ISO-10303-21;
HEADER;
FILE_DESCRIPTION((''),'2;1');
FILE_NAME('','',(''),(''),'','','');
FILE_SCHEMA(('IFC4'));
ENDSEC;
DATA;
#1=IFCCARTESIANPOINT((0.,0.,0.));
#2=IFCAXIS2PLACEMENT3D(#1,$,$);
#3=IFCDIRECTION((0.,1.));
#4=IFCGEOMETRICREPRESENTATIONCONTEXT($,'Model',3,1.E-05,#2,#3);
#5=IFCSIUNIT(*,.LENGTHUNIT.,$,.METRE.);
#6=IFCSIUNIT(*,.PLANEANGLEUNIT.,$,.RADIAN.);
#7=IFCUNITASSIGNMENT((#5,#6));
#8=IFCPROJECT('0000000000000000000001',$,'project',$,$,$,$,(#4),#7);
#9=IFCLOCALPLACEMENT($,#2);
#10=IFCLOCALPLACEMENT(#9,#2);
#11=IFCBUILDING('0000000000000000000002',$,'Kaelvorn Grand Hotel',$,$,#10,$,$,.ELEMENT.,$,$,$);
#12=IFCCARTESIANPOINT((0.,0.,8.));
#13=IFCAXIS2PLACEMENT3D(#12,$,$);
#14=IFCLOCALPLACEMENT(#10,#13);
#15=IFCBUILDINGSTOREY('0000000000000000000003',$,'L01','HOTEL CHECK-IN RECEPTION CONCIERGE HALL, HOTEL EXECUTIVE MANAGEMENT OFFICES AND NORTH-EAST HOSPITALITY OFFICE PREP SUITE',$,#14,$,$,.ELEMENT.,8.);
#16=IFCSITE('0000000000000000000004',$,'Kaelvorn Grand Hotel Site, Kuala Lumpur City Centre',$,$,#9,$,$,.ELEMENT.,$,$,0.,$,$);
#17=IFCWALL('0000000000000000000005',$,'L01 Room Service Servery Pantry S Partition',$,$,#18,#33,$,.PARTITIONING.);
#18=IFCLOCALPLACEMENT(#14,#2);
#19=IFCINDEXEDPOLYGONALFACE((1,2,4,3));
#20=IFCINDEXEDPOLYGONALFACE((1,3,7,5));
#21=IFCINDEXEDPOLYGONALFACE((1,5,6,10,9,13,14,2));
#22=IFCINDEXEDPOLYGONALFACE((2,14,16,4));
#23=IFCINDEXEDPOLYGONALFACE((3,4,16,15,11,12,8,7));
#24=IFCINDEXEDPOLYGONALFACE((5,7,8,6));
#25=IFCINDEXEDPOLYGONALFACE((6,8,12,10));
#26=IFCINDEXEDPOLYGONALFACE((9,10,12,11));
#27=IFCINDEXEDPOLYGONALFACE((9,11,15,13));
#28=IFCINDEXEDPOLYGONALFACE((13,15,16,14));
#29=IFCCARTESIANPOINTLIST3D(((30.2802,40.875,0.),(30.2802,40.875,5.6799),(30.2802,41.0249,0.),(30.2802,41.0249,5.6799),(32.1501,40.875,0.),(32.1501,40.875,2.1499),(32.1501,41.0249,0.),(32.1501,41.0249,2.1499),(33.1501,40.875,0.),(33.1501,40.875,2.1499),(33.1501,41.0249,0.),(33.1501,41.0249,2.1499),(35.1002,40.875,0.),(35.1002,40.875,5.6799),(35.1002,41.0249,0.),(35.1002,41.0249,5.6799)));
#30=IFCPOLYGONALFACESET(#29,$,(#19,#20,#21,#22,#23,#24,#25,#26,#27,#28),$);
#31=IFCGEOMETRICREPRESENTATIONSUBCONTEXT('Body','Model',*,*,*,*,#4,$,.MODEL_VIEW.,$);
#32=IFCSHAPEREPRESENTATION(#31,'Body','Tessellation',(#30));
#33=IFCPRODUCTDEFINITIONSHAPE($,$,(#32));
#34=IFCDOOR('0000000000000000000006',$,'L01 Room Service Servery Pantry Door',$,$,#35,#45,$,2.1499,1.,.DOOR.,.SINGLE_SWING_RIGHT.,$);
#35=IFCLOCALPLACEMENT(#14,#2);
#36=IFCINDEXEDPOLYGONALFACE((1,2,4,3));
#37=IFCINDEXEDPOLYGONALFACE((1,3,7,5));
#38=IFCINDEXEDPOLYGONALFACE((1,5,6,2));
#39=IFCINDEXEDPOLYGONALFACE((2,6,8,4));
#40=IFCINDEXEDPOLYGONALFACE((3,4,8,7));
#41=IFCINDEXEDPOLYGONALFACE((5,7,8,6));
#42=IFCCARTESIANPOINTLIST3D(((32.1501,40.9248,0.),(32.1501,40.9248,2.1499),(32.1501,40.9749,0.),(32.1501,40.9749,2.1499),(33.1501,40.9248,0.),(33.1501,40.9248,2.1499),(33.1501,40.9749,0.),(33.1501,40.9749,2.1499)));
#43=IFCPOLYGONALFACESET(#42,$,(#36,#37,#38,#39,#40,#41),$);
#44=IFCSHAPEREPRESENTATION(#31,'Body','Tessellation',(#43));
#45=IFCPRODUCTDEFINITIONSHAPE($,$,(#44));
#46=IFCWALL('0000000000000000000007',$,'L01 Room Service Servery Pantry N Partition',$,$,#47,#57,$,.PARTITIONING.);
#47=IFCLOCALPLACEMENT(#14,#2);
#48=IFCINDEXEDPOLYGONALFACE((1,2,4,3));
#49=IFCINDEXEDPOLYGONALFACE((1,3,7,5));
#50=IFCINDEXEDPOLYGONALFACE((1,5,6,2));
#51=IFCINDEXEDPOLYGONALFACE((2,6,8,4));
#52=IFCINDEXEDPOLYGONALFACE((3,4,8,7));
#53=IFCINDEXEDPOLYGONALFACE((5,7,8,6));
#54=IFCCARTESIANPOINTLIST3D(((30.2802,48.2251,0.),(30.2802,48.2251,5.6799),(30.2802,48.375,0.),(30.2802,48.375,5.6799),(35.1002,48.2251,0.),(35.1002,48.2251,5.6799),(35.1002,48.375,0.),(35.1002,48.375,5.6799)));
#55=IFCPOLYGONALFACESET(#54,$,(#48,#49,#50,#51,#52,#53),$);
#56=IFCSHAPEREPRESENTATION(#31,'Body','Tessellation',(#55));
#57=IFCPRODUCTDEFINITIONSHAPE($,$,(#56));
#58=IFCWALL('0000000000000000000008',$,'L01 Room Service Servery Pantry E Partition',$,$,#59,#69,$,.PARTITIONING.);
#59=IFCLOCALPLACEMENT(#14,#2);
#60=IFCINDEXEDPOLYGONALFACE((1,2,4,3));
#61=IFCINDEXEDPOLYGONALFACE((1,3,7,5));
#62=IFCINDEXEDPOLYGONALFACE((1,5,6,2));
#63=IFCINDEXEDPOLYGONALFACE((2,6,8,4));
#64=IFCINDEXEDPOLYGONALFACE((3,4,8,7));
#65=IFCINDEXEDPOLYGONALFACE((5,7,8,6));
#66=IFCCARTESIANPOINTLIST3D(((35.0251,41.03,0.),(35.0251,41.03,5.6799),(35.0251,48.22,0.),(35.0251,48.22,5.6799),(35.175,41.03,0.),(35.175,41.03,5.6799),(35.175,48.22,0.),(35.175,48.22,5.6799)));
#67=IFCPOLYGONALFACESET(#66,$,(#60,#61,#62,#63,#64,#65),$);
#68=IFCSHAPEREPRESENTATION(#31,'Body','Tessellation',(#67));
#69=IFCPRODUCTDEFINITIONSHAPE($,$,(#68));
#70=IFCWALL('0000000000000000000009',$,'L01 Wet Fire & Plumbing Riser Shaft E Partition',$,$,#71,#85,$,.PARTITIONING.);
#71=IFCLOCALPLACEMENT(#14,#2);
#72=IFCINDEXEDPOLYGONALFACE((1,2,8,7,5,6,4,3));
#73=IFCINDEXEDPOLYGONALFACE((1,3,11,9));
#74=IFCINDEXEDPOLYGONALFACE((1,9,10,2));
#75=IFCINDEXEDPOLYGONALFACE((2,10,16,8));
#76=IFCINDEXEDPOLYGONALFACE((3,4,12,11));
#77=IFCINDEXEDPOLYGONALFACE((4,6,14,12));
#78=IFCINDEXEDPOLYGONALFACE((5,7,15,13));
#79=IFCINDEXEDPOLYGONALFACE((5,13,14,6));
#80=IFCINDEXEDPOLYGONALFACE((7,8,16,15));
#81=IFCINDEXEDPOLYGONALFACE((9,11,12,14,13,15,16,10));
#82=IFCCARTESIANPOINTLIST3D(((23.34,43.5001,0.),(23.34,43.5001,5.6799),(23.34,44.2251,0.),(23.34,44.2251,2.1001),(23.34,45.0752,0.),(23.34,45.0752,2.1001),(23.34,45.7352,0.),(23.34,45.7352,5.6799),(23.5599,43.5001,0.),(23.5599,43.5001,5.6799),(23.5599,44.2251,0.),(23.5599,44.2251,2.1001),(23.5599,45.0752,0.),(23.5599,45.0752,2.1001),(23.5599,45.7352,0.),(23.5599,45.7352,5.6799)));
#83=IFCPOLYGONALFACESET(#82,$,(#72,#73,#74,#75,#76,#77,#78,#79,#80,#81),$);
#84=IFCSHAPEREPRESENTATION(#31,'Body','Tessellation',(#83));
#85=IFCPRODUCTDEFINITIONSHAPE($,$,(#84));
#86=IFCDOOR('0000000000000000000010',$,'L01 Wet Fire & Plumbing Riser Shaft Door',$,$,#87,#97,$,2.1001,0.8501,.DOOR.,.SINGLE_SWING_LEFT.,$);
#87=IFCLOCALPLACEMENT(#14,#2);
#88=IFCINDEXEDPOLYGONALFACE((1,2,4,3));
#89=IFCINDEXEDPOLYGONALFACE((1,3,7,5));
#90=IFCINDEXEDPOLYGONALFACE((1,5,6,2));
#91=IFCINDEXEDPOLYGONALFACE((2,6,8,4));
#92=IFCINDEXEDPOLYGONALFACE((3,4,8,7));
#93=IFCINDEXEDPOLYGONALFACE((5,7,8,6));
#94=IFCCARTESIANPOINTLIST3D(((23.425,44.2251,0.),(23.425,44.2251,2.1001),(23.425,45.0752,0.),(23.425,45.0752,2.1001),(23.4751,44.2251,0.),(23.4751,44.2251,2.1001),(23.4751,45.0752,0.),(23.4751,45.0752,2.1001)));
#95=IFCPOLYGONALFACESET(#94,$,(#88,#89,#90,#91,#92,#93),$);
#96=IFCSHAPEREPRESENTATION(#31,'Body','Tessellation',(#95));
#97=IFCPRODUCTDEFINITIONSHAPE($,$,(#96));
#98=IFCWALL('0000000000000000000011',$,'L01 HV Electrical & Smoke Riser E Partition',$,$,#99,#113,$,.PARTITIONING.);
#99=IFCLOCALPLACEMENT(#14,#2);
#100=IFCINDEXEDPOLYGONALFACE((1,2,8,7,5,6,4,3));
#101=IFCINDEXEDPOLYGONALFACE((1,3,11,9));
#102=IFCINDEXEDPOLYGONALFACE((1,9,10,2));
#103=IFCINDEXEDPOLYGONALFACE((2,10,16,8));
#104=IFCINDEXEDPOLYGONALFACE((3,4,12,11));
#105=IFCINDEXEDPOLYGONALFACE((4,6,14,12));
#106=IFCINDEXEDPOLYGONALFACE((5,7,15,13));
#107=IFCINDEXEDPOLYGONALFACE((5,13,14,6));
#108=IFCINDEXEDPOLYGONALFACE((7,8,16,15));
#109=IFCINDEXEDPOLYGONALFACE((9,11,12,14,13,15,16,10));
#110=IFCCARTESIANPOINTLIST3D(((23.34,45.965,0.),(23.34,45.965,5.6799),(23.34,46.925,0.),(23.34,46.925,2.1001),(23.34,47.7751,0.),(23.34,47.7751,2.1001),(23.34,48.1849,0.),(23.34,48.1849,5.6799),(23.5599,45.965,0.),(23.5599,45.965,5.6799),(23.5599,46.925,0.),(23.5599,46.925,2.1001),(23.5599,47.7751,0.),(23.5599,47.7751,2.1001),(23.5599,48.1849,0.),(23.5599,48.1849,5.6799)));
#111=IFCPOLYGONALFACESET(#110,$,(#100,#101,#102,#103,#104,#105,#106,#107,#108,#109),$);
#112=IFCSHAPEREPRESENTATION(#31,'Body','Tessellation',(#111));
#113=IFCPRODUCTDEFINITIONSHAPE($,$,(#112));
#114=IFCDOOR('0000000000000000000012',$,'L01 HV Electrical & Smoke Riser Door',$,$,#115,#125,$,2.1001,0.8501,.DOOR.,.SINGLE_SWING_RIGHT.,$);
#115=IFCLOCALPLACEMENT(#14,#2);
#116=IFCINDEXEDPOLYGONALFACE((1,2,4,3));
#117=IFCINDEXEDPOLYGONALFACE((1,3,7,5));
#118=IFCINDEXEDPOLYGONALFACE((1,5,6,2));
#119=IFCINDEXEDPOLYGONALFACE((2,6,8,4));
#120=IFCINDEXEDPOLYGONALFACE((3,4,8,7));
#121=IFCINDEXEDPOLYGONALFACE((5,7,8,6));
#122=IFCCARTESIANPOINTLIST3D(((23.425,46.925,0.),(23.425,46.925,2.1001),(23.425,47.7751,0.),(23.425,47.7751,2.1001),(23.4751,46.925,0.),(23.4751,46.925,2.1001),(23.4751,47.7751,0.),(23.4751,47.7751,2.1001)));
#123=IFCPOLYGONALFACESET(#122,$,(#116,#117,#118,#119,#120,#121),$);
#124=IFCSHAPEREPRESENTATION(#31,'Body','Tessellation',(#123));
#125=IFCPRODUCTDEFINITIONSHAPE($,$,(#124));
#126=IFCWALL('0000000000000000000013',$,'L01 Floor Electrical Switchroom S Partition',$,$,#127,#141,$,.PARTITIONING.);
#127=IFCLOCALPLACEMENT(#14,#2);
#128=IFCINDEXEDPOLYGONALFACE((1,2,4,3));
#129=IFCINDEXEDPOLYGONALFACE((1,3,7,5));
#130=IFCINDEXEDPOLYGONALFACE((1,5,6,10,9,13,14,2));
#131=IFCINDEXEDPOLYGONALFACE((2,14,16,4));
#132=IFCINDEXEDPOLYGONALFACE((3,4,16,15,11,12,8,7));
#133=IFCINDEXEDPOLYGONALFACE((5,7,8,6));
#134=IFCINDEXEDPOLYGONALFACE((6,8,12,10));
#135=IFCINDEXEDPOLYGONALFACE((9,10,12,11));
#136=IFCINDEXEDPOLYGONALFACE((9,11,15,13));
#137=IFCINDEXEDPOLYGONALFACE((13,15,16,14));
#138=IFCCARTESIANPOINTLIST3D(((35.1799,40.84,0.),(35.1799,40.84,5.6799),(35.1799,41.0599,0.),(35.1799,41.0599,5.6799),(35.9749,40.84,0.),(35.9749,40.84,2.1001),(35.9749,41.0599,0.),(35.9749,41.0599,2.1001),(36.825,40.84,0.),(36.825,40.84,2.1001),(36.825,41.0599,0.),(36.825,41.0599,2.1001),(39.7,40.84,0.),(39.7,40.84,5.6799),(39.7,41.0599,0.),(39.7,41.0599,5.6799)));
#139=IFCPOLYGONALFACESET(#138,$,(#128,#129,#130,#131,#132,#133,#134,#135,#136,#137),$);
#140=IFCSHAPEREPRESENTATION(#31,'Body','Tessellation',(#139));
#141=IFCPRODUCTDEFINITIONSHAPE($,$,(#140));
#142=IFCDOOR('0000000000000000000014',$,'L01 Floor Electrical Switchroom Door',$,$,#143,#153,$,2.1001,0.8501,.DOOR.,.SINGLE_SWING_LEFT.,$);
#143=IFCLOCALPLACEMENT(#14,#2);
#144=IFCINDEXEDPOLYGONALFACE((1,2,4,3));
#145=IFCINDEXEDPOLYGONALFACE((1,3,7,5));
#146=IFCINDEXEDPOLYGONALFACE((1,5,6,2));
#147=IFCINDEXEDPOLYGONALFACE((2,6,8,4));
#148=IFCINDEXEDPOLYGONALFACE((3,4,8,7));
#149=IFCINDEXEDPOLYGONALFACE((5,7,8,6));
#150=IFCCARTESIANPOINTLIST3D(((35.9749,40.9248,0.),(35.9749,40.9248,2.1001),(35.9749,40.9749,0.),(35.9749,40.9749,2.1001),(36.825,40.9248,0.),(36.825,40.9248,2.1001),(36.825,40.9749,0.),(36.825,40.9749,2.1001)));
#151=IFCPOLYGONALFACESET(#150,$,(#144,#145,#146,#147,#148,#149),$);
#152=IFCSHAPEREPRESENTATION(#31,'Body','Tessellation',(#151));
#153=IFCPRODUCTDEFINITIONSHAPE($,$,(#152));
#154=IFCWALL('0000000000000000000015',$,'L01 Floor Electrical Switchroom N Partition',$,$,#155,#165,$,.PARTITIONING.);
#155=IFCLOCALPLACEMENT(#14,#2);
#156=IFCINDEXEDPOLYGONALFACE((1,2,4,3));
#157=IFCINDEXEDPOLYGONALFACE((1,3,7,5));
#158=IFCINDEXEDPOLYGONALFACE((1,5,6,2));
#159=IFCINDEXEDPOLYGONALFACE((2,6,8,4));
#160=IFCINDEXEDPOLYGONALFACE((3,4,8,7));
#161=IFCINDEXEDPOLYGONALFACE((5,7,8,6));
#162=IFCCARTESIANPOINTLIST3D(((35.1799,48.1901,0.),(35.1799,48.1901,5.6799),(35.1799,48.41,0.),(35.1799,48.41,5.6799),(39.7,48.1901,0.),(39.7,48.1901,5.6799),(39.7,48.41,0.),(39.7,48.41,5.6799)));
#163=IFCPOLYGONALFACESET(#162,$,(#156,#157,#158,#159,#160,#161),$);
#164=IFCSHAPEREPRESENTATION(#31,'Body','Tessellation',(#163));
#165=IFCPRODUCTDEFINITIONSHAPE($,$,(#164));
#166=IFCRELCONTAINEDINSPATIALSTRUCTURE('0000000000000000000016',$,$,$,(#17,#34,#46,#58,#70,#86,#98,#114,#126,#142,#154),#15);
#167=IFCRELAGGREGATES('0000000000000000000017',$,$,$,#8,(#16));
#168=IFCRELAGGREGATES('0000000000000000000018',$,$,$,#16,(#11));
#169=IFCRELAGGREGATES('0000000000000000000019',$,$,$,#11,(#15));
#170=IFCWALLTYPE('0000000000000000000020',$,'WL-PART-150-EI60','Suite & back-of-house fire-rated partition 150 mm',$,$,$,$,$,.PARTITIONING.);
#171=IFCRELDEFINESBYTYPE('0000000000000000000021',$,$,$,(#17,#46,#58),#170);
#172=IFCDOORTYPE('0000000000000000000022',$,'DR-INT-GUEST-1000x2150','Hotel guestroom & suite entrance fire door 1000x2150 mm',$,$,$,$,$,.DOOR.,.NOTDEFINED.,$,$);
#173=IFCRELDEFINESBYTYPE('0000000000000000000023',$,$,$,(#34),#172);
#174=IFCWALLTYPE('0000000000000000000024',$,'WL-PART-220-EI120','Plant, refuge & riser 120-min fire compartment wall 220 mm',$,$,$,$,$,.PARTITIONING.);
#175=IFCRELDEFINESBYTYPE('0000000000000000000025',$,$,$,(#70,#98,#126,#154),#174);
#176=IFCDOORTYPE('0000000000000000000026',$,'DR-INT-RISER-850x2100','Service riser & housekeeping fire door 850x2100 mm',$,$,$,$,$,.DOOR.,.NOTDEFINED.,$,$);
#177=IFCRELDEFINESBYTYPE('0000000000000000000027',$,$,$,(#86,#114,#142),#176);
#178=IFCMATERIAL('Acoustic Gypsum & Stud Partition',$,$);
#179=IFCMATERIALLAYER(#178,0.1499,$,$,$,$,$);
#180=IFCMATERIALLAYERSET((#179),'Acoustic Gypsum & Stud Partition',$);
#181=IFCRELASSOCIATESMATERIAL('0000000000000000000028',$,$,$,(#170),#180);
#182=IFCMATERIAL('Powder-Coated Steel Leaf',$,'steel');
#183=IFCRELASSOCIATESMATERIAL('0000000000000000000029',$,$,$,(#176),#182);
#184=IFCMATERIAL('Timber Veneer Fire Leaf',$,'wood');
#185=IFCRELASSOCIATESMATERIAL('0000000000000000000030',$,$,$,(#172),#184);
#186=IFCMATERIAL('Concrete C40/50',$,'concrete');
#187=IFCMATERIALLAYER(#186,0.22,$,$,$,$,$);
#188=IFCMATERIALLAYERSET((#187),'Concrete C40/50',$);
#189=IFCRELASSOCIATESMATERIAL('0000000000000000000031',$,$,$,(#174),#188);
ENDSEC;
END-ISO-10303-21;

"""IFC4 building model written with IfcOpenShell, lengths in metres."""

from ifc_helpers import new_model, si_unit, direction, frame, frame_2d, origin, place, context, subcontext, project, spatial, rectangle, extrude, material, layer, layer_set, type_object, element, fill, save


model = new_model("IFC4")

# Units and contexts
model_context = context("Model", 3, precision=1e-05, world=origin(), true_north=direction((0.0, 1.0)))
body_context = subcontext(model_context, "Body", "Model", "MODEL_VIEW")
ifc_project = project(units=[si_unit("LENGTHUNIT", "METRE"), si_unit("PLANEANGLEUNIT", "RADIAN")], contexts=[model_context])

# Site, building, storey
site_placement = place(None, origin())
site = spatial("IfcSite", under=ifc_project, at=site_placement, Name="Kaelvorn Grand Hotel Site, Kuala Lumpur City Centre", CompositionType="ELEMENT", RefElevation=0.0)
building_placement = place(site_placement, origin())
building = spatial("IfcBuilding", under=site, at=building_placement, Name="Kaelvorn Grand Hotel", CompositionType="ELEMENT")
storey_placement = place(building_placement, frame((0.0, 0.0, 8.0)))
storey = spatial("IfcBuildingStorey", under=building, at=storey_placement, Name="L01", Description="HOTEL CHECK-IN RECEPTION CONCIERGE HALL, HOTEL EXECUTIVE MANAGEMENT OFFICES AND NORTH-EAST HOSPITALITY OFFICE PREP SUITE", CompositionType="ELEMENT", Elevation=8.0)

# Shared definitions
ifc_material_1 = material(Name="Acoustic Gypsum & Stud Partition")
ifc_layer_1 = layer(ifc_material_1, 0.1499)
ifc_layer_set_1 = layer_set([ifc_layer_1], Name="Acoustic Gypsum & Stud Partition")
wall_type_1 = type_object("IfcWallType", Name="WL-PART-150-EI60", Description="Suite & back-of-house fire-rated partition 150 mm", PredefinedType="PARTITIONING", material=ifc_layer_set_1)
ifc_material_2 = material(Name="Powder-Coated Steel Leaf", Category="steel")
door_type_1 = type_object("IfcDoorType", Name="DR-INT-RISER-850x2100", Description="Service riser & housekeeping fire door 850x2100 mm", OperationType="NOTDEFINED", PredefinedType="DOOR", material=ifc_material_2)

# Wall, opening, door
wall_1_placement = place(storey_placement, frame((30.28, 40.95, 0.0), z_axis=(0.0, 0.0, 1.0), x_axis=(1.0, 0.0, 0.0)))
wall_1 = element("IfcWall", 1, at=wall_1_placement, inside=storey, type_object=wall_type_1, Name="L01 Room Service Servery Pantry S Partition", PredefinedType="PARTITIONING", context=body_context, shape_type="SweptSolid", body=[
    extrude(rectangle(XDim=4.8201, YDim=0.1499, at=frame_2d((2.4102, 0.0))), origin(), (0.0, 0.0, 1.0), 5.6799),
])
opening_1_placement = place(wall_1_placement, frame((1.8701, 0.0, 0.0)))
opening_1 = element("IfcOpeningElement", 2, at=opening_1_placement, cuts=wall_1, PredefinedType="OPENING", context=body_context, shape_type="SweptSolid", body=[
    extrude(rectangle(XDim=1.0, YDim=2.1499, at=frame_2d((0.5, 1.075))), frame((0.0, 0.085, 0.0), z_axis=(0.0, -1.0, 0.0), x_axis=(1.0, 0.0, 0.0)), (0.0, 0.0, 1.0), 0.1699),
])
ifc_material_3 = material(Name="Timber Veneer Fire Leaf", Category="wood")
door_type_2 = type_object("IfcDoorType", Name="DR-INT-GUEST-1000x2150", Description="Hotel guestroom & suite entrance fire door 1000x2150 mm", OperationType="NOTDEFINED", PredefinedType="DOOR", material=ifc_material_3)
door_1_placement = place(opening_1_placement, origin())
door_1 = element("IfcDoor", 3, at=door_1_placement, inside=storey, type_object=door_type_2, Name="L01 Room Service Servery Pantry Door", OperationType="SINGLE_SWING_RIGHT", OverallHeight=2.1499, OverallWidth=1.0, PredefinedType="DOOR", context=body_context, shape_type="SweptSolid", body=[
    extrude(rectangle(XDim=1.0, YDim=2.1499, at=frame_2d((0.5, 1.075))), frame((0.0, 0.0249, 0.0), z_axis=(0.0, -1.0, 0.0), x_axis=(1.0, 0.0, 0.0)), (0.0, 0.0, 1.0), 0.05),
])
fill(opening_1, door_1)

# Walls
wall_2_placement = place(storey_placement, frame((30.28, 48.3, 0.0), z_axis=(0.0, 0.0, 1.0), x_axis=(1.0, 0.0, 0.0)))
element("IfcWall", 4, at=wall_2_placement, inside=storey, type_object=wall_type_1, Name="L01 Room Service Servery Pantry N Partition", PredefinedType="PARTITIONING", context=body_context, shape_type="SweptSolid", body=[
    extrude(rectangle(XDim=4.8201, YDim=0.1499, at=frame_2d((2.4102, 0.0))), origin(), (0.0, 0.0, 1.0), 5.6799),
])
wall_3_placement = place(storey_placement, frame((35.1001, 41.03, 0.0), z_axis=(0.0, 0.0, 1.0), x_axis=(0.0, 1.0, 0.0)))
element("IfcWall", 5, at=wall_3_placement, inside=storey, type_object=wall_type_1, Name="L01 Room Service Servery Pantry E Partition", PredefinedType="PARTITIONING", context=body_context, shape_type="SweptSolid", body=[
    extrude(rectangle(XDim=7.1899, YDim=0.1499, at=frame_2d((3.595, 0.0))), origin(), (0.0, 0.0, 1.0), 5.6799),
])

# Walls, openings, doors
ifc_material_4 = material(Name="Concrete C40/50", Category="concrete")
ifc_layer_2 = layer(ifc_material_4, 0.22)
ifc_layer_set_2 = layer_set([ifc_layer_2], Name="Concrete C40/50")
wall_type_2 = type_object("IfcWallType", Name="WL-PART-220-EI120", Description="Plant, refuge & riser 120-min fire compartment wall 220 mm", PredefinedType="PARTITIONING", material=ifc_layer_set_2)
wall_4_placement = place(storey_placement, frame((23.45, 43.5, 0.0), z_axis=(0.0, 0.0, 1.0), x_axis=(0.0, 1.0, 0.0)))
wall_4 = element("IfcWall", 6, at=wall_4_placement, inside=storey, type_object=wall_type_2, Name="L01 Wet Fire & Plumbing Riser Shaft E Partition", PredefinedType="PARTITIONING", context=body_context, shape_type="SweptSolid", body=[
    extrude(rectangle(XDim=2.2351, YDim=0.22, at=frame_2d((1.1177, 0.0))), origin(), (0.0, 0.0, 1.0), 5.6799),
])
opening_2_placement = place(wall_4_placement, frame((0.7251, 0.0, 0.0)))
opening_2 = element("IfcOpeningElement", 7, at=opening_2_placement, cuts=wall_4, PredefinedType="OPENING", context=body_context, shape_type="SweptSolid", body=[
    extrude(rectangle(XDim=0.8501, YDim=2.1001, at=frame_2d((0.425, 1.05))), frame((0.0, 0.1201, 0.0), z_axis=(0.0, -1.0, 0.0), x_axis=(1.0, 0.0, 0.0)), (0.0, 0.0, 1.0), 0.24),
])
door_2_placement = place(opening_2_placement, origin())
door_2 = element("IfcDoor", 8, at=door_2_placement, inside=storey, type_object=door_type_1, Name="L01 Wet Fire & Plumbing Riser Shaft Door", OperationType="SINGLE_SWING_LEFT", OverallHeight=2.1001, OverallWidth=0.8501, PredefinedType="DOOR", context=body_context, shape_type="SweptSolid", body=[
    extrude(rectangle(XDim=0.8501, YDim=2.1001, at=frame_2d((0.425, 1.05))), frame((0.0, 0.0249, 0.0), z_axis=(0.0, -1.0, 0.0), x_axis=(1.0, 0.0, 0.0)), (0.0, 0.0, 1.0), 0.05),
])
fill(opening_2, door_2)
wall_5_placement = place(storey_placement, frame((23.45, 45.9651, 0.0), z_axis=(0.0, 0.0, 1.0), x_axis=(0.0, 1.0, 0.0)))
wall_5 = element("IfcWall", 9, at=wall_5_placement, inside=storey, type_object=wall_type_2, Name="L01 HV Electrical & Smoke Riser E Partition", PredefinedType="PARTITIONING", context=body_context, shape_type="SweptSolid", body=[
    extrude(rectangle(XDim=2.22, YDim=0.22, at=frame_2d((1.1099, 0.0))), origin(), (0.0, 0.0, 1.0), 5.6799),
])
opening_3_placement = place(wall_5_placement, frame((0.96, 0.0, 0.0)))
opening_3 = element("IfcOpeningElement", 10, at=opening_3_placement, cuts=wall_5, PredefinedType="OPENING", context=body_context, shape_type="SweptSolid", body=[
    extrude(rectangle(XDim=0.8501, YDim=2.1001, at=frame_2d((0.425, 1.05))), frame((0.0, 0.1201, 0.0), z_axis=(0.0, -1.0, 0.0), x_axis=(1.0, 0.0, 0.0)), (0.0, 0.0, 1.0), 0.24),
])
door_3_placement = place(opening_3_placement, origin())
door_3 = element("IfcDoor", 11, at=door_3_placement, inside=storey, type_object=door_type_1, Name="L01 HV Electrical & Smoke Riser Door", OperationType="SINGLE_SWING_RIGHT", OverallHeight=2.1001, OverallWidth=0.8501, PredefinedType="DOOR", context=body_context, shape_type="SweptSolid", body=[
    extrude(rectangle(XDim=0.8501, YDim=2.1001, at=frame_2d((0.425, 1.05))), frame((0.0, 0.0249, 0.0), z_axis=(0.0, -1.0, 0.0), x_axis=(1.0, 0.0, 0.0)), (0.0, 0.0, 1.0), 0.05),
])
fill(opening_3, door_3)
wall_6_placement = place(storey_placement, frame((35.1799, 40.95, 0.0), z_axis=(0.0, 0.0, 1.0), x_axis=(1.0, 0.0, 0.0)))
wall_6 = element("IfcWall", 12, at=wall_6_placement, inside=storey, type_object=wall_type_2, Name="L01 Floor Electrical Switchroom S Partition", PredefinedType="PARTITIONING", context=body_context, shape_type="SweptSolid", body=[
    extrude(rectangle(XDim=4.52, YDim=0.22, at=frame_2d((2.26, 0.0))), origin(), (0.0, 0.0, 1.0), 5.6799),
])
opening_4_placement = place(wall_6_placement, frame((0.7949, 0.0, 0.0)))
opening_4 = element("IfcOpeningElement", 13, at=opening_4_placement, cuts=wall_6, PredefinedType="OPENING", context=body_context, shape_type="SweptSolid", body=[
    extrude(rectangle(XDim=0.8501, YDim=2.1001, at=frame_2d((0.425, 1.05))), frame((0.0, 0.1201, 0.0), z_axis=(0.0, -1.0, 0.0), x_axis=(1.0, 0.0, 0.0)), (0.0, 0.0, 1.0), 0.24),
])
door_4_placement = place(opening_4_placement, origin())
door_4 = element("IfcDoor", 14, at=door_4_placement, inside=storey, type_object=door_type_1, Name="L01 Floor Electrical Switchroom Door", OperationType="SINGLE_SWING_LEFT", OverallHeight=2.1001, OverallWidth=0.8501, PredefinedType="DOOR", context=body_context, shape_type="SweptSolid", body=[
    extrude(rectangle(XDim=0.8501, YDim=2.1001, at=frame_2d((0.425, 1.05))), frame((0.0, 0.0249, 0.0), z_axis=(0.0, -1.0, 0.0), x_axis=(1.0, 0.0, 0.0)), (0.0, 0.0, 1.0), 0.05),
])
fill(opening_4, door_4)

# Wall
wall_7_placement = place(storey_placement, frame((35.1799, 48.3, 0.0), z_axis=(0.0, 0.0, 1.0), x_axis=(1.0, 0.0, 0.0)))
element("IfcWall", 15, at=wall_7_placement, inside=storey, type_object=wall_type_2, Name="L01 Floor Electrical Switchroom N Partition", PredefinedType="PARTITIONING", context=body_context, shape_type="SweptSolid", body=[
    extrude(rectangle(XDim=4.52, YDim=0.22, at=frame_2d((2.26, 0.0))), origin(), (0.0, 0.0, 1.0), 5.6799),
])

save(model, "model.ifc")
